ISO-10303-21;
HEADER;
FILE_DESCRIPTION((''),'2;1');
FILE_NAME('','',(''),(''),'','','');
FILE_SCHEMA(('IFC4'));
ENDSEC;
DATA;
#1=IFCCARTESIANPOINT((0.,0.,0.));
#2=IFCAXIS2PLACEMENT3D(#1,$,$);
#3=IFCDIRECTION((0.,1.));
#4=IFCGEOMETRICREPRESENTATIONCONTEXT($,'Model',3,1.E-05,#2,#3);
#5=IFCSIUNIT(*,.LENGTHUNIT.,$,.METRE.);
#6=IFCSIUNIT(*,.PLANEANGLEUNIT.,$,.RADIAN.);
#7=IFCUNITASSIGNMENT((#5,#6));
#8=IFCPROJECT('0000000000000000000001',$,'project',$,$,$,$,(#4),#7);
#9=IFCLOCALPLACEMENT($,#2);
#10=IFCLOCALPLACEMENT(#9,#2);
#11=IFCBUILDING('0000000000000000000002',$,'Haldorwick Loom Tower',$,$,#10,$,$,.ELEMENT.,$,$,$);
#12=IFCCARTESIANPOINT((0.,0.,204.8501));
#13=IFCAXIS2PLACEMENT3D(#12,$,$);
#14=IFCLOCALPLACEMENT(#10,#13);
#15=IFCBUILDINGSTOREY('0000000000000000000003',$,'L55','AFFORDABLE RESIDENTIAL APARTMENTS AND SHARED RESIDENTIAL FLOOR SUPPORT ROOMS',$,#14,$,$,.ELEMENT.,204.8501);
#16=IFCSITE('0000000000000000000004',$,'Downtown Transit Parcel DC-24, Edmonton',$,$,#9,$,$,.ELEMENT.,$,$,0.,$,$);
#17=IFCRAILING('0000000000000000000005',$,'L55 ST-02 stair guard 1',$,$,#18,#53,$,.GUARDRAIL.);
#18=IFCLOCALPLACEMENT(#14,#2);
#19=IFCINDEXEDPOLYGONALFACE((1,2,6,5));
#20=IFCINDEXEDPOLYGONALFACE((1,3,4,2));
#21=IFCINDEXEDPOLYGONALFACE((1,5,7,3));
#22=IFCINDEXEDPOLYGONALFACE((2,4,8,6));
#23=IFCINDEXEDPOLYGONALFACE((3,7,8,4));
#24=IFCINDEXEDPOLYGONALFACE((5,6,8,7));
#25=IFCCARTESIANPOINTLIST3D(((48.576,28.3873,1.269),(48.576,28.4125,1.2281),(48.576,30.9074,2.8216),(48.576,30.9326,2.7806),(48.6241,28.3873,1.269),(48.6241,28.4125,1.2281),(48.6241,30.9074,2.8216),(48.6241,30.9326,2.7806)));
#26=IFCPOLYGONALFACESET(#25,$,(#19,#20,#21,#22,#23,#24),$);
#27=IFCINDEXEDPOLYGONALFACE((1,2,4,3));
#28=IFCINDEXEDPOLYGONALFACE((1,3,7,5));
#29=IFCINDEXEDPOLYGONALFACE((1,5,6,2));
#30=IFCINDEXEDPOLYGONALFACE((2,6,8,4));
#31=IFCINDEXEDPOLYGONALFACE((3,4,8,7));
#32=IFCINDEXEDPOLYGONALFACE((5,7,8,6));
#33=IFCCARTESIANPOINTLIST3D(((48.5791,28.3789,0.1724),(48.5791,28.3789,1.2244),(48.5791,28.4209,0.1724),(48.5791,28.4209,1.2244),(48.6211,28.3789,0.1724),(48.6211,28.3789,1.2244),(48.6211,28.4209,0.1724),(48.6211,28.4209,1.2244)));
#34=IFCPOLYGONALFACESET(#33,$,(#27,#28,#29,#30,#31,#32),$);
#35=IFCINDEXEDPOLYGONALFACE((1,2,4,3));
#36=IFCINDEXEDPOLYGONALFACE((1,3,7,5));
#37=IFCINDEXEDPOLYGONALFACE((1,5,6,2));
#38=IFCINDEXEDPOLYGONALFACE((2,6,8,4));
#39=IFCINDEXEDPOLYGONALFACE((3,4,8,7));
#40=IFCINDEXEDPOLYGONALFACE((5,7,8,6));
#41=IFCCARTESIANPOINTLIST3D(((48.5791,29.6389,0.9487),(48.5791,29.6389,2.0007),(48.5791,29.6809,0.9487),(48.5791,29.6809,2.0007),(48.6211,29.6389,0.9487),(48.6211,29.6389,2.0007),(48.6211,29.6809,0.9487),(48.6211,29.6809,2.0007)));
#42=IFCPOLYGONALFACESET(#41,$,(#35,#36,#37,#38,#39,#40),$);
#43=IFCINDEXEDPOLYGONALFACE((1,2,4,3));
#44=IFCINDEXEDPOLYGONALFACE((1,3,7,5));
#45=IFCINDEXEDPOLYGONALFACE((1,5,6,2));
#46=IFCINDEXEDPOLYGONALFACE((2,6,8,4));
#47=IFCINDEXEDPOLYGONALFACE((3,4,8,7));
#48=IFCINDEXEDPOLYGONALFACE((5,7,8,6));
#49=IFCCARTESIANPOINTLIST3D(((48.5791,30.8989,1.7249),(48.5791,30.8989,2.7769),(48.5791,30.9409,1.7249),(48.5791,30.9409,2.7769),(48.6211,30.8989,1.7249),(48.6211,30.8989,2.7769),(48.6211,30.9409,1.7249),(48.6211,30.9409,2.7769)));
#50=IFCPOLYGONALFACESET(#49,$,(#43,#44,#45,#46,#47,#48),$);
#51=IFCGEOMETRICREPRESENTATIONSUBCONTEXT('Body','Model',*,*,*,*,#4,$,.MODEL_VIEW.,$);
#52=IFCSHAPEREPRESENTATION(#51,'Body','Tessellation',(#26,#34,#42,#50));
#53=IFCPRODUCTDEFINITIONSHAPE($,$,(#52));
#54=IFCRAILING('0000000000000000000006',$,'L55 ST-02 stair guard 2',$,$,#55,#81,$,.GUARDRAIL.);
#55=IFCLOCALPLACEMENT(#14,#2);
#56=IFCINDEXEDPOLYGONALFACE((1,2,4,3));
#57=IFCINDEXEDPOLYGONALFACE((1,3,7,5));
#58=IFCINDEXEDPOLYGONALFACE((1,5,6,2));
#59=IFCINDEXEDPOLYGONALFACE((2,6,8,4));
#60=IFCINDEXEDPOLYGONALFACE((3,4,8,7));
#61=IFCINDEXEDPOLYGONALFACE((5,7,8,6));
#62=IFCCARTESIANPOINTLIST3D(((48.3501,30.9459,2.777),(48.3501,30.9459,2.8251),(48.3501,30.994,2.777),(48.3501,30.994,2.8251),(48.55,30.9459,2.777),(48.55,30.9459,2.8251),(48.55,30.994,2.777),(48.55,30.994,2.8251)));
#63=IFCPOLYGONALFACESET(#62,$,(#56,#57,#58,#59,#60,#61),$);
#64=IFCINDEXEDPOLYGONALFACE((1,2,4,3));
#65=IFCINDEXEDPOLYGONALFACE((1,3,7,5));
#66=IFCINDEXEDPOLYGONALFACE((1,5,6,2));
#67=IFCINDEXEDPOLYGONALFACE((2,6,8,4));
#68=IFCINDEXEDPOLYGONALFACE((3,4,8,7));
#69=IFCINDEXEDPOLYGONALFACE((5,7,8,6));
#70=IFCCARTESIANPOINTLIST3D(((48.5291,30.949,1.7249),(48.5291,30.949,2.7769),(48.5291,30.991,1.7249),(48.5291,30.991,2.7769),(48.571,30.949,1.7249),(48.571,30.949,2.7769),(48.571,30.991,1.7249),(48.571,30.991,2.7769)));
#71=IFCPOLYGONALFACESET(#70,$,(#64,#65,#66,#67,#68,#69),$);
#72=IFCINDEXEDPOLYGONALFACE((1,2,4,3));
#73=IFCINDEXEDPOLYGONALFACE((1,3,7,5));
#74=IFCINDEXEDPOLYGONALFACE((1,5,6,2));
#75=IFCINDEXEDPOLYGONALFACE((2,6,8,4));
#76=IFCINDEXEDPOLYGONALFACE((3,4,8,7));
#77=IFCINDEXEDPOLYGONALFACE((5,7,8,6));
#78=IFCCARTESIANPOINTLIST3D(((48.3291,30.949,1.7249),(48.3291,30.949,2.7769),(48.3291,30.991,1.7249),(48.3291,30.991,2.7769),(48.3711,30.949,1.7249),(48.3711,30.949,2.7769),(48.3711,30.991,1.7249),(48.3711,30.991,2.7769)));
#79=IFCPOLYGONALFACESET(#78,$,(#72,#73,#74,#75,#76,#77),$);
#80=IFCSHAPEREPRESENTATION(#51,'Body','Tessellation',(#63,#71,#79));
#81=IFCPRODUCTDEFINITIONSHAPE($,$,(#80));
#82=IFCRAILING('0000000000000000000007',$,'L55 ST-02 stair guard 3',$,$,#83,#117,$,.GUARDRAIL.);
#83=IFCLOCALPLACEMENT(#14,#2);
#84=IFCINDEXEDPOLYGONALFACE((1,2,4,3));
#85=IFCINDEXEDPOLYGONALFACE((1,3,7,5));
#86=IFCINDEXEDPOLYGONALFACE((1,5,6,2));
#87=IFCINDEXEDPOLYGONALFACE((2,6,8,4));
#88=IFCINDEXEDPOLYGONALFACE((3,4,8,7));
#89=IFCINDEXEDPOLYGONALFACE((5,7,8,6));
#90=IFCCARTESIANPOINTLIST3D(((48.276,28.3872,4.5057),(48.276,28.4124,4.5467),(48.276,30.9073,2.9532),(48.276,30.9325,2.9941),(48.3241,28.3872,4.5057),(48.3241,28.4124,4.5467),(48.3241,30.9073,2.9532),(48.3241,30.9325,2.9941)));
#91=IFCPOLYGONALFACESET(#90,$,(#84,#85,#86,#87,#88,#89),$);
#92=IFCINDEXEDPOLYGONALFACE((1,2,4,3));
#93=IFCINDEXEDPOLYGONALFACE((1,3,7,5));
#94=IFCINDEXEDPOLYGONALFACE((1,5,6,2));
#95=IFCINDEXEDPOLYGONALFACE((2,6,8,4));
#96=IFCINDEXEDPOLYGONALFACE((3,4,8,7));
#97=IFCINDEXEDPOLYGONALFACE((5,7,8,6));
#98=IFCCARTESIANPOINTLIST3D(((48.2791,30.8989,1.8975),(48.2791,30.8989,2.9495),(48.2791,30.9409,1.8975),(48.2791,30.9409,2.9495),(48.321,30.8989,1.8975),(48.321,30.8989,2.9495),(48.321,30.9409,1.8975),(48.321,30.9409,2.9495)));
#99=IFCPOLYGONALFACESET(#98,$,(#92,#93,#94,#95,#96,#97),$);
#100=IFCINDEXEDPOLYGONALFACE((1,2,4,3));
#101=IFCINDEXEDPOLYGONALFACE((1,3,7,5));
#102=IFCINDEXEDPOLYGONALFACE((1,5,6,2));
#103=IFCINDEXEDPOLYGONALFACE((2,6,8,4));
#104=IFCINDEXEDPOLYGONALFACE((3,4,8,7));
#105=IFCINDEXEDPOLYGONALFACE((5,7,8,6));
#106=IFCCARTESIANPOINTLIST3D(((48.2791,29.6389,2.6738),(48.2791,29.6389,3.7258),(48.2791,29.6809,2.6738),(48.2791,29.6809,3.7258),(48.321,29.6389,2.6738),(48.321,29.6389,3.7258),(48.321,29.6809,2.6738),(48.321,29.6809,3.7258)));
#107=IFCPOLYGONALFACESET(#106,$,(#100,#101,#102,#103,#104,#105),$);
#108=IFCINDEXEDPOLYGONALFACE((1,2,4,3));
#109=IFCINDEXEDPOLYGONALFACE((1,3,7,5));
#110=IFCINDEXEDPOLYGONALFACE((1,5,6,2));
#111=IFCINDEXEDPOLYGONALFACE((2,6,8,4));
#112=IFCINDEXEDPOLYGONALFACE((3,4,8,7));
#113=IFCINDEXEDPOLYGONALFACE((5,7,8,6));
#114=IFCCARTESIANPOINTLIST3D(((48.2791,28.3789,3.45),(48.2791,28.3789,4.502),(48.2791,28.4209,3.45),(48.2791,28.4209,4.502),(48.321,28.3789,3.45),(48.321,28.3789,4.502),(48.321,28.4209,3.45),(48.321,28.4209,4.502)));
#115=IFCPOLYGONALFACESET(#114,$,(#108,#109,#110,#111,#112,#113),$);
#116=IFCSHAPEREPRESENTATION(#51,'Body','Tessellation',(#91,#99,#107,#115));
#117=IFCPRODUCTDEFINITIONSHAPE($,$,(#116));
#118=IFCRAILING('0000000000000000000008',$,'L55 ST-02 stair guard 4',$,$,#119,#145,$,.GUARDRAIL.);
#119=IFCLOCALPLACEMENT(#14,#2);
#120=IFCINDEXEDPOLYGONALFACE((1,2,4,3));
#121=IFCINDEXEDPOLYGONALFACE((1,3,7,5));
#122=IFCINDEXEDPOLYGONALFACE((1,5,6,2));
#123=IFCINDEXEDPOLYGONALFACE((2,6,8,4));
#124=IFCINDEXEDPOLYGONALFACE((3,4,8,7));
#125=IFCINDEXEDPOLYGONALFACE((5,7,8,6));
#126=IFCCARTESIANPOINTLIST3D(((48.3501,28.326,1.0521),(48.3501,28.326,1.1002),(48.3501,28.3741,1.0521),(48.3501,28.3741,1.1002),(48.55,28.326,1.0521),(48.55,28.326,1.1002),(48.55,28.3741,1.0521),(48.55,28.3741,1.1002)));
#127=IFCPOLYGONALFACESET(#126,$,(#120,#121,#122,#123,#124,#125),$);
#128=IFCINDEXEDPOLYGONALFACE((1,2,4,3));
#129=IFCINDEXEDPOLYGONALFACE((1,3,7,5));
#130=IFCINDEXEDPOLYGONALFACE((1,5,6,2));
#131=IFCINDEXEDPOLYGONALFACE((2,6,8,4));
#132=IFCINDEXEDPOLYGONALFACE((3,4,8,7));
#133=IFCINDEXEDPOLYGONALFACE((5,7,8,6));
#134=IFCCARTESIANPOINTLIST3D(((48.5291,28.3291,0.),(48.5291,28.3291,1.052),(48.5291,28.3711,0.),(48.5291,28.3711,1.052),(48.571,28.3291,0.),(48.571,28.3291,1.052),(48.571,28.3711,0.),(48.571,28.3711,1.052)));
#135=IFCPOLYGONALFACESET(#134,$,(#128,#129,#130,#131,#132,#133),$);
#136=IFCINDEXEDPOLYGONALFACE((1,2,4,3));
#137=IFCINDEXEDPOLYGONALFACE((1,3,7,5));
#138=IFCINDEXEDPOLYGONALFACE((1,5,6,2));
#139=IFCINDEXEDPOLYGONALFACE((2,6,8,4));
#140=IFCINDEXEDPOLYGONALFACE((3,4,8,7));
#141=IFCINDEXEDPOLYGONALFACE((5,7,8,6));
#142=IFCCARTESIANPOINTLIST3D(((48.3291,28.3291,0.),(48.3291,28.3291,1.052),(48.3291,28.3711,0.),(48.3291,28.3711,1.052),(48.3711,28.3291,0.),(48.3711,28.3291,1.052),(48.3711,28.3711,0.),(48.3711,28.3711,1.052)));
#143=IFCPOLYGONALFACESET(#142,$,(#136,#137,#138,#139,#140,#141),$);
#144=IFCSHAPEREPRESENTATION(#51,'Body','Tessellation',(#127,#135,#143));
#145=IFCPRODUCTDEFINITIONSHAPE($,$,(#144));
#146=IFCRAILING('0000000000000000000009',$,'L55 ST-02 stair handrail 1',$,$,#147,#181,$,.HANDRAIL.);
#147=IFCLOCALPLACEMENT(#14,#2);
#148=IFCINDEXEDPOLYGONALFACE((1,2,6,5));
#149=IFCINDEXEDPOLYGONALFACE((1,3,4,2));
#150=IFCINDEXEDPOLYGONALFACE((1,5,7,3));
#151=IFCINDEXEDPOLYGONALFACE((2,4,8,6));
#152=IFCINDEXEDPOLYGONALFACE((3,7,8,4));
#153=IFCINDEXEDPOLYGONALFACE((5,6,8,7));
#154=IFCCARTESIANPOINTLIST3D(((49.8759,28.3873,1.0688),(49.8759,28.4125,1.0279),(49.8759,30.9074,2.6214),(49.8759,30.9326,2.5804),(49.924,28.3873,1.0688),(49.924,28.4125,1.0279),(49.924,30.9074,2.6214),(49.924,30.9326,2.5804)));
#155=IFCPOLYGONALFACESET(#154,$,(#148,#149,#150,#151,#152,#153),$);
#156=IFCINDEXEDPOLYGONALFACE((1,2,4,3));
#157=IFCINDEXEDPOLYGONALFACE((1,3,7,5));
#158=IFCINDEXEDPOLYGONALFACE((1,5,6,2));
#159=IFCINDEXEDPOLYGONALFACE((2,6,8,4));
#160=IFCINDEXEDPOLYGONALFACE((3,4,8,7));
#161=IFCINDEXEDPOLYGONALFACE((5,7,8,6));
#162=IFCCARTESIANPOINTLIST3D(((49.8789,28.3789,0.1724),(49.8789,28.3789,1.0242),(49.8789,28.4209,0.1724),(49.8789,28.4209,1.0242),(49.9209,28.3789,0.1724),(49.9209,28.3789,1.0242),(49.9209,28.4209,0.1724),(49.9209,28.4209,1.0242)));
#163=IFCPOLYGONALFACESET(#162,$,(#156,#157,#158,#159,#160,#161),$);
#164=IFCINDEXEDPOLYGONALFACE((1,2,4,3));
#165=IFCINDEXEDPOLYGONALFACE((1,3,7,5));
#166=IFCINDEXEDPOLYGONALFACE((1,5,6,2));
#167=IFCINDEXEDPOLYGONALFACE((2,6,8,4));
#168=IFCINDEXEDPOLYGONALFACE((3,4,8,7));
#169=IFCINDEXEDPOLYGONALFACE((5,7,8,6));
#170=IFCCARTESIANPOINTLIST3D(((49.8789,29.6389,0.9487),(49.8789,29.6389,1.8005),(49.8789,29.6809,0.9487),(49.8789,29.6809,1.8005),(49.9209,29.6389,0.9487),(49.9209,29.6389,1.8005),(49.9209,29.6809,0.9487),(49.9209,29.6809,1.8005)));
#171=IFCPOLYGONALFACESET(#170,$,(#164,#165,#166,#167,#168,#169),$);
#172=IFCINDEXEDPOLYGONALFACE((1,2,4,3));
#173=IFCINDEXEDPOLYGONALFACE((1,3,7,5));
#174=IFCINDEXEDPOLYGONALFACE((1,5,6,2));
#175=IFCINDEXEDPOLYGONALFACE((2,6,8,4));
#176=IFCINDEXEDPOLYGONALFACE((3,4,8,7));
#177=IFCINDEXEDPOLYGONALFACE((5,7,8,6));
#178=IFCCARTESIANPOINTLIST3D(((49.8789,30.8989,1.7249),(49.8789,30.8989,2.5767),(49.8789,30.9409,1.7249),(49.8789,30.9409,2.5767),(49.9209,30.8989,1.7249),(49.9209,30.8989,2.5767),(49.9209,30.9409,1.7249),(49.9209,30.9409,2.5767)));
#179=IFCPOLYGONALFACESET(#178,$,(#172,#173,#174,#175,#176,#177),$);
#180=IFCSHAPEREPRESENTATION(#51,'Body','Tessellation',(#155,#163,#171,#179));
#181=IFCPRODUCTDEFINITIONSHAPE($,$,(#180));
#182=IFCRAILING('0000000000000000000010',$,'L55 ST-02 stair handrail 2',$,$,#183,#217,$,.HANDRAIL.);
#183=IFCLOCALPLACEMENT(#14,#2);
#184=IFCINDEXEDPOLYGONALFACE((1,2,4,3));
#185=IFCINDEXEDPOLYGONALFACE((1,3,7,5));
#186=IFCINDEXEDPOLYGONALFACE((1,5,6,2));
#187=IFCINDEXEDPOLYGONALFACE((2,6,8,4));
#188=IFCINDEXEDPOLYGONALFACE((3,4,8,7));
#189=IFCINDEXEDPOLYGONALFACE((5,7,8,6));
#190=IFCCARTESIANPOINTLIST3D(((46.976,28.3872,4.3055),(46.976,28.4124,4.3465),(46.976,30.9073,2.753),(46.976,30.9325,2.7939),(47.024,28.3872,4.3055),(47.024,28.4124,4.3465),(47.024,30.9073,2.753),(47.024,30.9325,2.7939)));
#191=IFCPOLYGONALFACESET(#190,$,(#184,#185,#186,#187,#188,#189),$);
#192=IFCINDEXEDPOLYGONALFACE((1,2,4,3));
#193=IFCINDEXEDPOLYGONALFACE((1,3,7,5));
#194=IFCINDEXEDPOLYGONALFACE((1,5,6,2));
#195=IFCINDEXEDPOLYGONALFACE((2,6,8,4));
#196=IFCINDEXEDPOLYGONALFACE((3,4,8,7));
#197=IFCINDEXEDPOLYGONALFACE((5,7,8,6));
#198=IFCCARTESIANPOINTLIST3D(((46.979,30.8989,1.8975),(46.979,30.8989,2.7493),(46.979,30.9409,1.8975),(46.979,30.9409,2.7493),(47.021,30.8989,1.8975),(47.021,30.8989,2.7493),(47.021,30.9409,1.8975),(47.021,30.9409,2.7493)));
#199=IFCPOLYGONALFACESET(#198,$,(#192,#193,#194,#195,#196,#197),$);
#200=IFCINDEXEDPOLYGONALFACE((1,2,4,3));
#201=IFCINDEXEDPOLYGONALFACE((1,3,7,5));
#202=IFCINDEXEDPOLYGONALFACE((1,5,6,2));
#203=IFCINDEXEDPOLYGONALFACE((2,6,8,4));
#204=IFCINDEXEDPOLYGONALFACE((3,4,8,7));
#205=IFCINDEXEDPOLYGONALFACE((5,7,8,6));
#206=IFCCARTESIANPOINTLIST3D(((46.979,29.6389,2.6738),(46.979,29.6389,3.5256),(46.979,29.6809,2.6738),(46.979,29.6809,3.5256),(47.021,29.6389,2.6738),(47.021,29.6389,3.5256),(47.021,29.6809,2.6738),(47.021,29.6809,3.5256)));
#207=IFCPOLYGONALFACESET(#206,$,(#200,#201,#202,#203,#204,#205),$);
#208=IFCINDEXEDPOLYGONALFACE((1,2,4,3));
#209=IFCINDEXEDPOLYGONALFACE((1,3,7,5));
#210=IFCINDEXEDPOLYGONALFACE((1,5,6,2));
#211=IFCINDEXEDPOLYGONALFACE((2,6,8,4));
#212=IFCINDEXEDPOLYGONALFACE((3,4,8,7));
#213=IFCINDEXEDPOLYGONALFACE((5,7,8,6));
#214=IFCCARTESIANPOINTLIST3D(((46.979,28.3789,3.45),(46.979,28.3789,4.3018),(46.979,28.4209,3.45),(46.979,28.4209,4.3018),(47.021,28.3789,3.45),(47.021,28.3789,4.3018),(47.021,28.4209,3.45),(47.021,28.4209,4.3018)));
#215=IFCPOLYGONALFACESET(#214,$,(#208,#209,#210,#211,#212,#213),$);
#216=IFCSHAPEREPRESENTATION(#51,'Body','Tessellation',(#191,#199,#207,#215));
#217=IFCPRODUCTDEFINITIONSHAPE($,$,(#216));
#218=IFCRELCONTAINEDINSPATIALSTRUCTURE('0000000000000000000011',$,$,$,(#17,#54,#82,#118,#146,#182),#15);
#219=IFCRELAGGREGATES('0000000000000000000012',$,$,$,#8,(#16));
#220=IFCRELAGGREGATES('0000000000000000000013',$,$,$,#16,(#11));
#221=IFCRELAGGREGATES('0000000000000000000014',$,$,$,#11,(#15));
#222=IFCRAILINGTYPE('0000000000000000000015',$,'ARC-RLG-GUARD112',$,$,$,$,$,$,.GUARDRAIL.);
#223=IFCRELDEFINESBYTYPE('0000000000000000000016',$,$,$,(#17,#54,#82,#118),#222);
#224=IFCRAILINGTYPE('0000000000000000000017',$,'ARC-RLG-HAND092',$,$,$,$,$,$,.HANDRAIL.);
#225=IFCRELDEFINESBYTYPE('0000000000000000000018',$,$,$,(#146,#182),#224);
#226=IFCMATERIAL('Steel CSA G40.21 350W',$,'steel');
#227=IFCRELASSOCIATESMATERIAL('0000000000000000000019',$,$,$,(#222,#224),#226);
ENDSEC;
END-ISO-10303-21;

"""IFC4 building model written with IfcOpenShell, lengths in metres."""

from ifc_helpers import new_model, si_unit, direction, frame, origin, origin_2d, place, context, subcontext, project, spatial, rectangle, extrude, material, type_object, element, save


model = new_model("IFC4")

# Units and contexts
model_context = context("Model", 3, precision=1e-05, world=origin(), true_north=direction((0.0, 1.0)))
body_context = subcontext(model_context, "Body", "Model", "MODEL_VIEW")
ifc_project = project(units=[si_unit("LENGTHUNIT", "METRE"), si_unit("PLANEANGLEUNIT", "RADIAN")], contexts=[model_context])

# Site, building, storey
site_placement = place(None, origin())
site = spatial("IfcSite", under=ifc_project, at=site_placement, Name="Downtown Transit Parcel DC-24, Edmonton", CompositionType="ELEMENT", RefElevation=0.0)
building_placement = place(site_placement, origin())
building = spatial("IfcBuilding", under=site, at=building_placement, Name="Haldorwick Loom Tower", CompositionType="ELEMENT")
storey_placement = place(building_placement, frame((0.0, 0.0, 204.8501)))
storey = spatial("IfcBuildingStorey", under=building, at=storey_placement, Name="L55", Description="AFFORDABLE RESIDENTIAL APARTMENTS AND SHARED RESIDENTIAL FLOOR SUPPORT ROOMS", CompositionType="ELEMENT", Elevation=204.8501)

# Shared definitions
ifc_material_1 = material(Name="Steel CSA G40.21 350W", Category="steel")

# Railings
railing_type_1 = type_object("IfcRailingType", Name="ARC-RLG-GUARD112", PredefinedType="GUARDRAIL", material=ifc_material_1)
railing_1_placement = place(storey_placement, frame((48.6001, 28.3999, 0.1724)))
element("IfcRailing", 1, at=railing_1_placement, inside=storey, type_object=railing_type_1, Name="L55 ST-02 stair guard 1", PredefinedType="GUARDRAIL", context=body_context, shape_type="SweptSolid", body=[
    extrude(rectangle(XDim=0.0481, YDim=0.0481, at=origin_2d()), frame((0.0, 0.0, 1.0762), z_axis=(0.0, 0.8514, 0.524516), x_axis=(-1.0, 0.0, 0.0)), (0.0, 0.0, 1.0), 2.96),
    extrude(rectangle(XDim=0.042, YDim=0.042, at=origin_2d()), origin(), (0.0, 0.0, 1.0), 1.052),
    extrude(rectangle(XDim=0.042, YDim=0.042, at=origin_2d()), frame((0.0, 1.26, 0.7764)), (0.0, 0.0, 1.0), 1.052),
    extrude(rectangle(XDim=0.042, YDim=0.042, at=origin_2d()), frame((0.0, 2.52, 1.5525)), (0.0, 0.0, 1.0), 1.052),
])
railing_2_placement = place(storey_placement, frame((48.55, 30.97, 1.7249)))
element("IfcRailing", 2, at=railing_2_placement, inside=storey, type_object=railing_type_1, Name="L55 ST-02 stair guard 2", PredefinedType="GUARDRAIL", context=body_context, shape_type="SweptSolid", body=[
    extrude(rectangle(XDim=0.0481, YDim=0.0481, at=origin_2d()), frame((0.0, 0.0, 1.0762), z_axis=(-1.0, 0.0, 0.0), x_axis=(0.0, -1.0, 0.0)), (0.0, 0.0, 1.0), 0.2),
    extrude(rectangle(XDim=0.042, YDim=0.042, at=origin_2d()), origin(), (0.0, 0.0, 1.0), 1.052),
    extrude(rectangle(XDim=0.042, YDim=0.042, at=origin_2d()), frame((-0.2, 0.0, 0.0)), (0.0, 0.0, 1.0), 1.052),
])
railing_3_placement = place(storey_placement, frame((48.3, 30.9199, 1.8975)))
element("IfcRailing", 3, at=railing_3_placement, inside=storey, type_object=railing_type_1, Name="L55 ST-02 stair guard 3", PredefinedType="GUARDRAIL", context=body_context, shape_type="SweptSolid", body=[
    extrude(rectangle(XDim=0.0481, YDim=0.0481, at=origin_2d()), frame((0.0, 0.0, 1.0762), z_axis=(0.0, -0.8514, 0.524516), x_axis=(1.0, 0.0, 0.0)), (0.0, 0.0, 1.0), 2.96),
    extrude(rectangle(XDim=0.042, YDim=0.042, at=origin_2d()), origin(), (0.0, 0.0, 1.0), 1.052),
    extrude(rectangle(XDim=0.042, YDim=0.042, at=origin_2d()), frame((0.0, -1.26, 0.7764)), (0.0, 0.0, 1.0), 1.052),
    extrude(rectangle(XDim=0.042, YDim=0.042, at=origin_2d()), frame((0.0, -2.52, 1.5525)), (0.0, 0.0, 1.0), 1.052),
])
railing_4_placement = place(storey_placement, frame((48.55, 28.3501, 0.0)))
element("IfcRailing", 4, at=railing_4_placement, inside=storey, type_object=railing_type_1, Name="L55 ST-02 stair guard 4", PredefinedType="GUARDRAIL", context=body_context, shape_type="SweptSolid", body=[
    extrude(rectangle(XDim=0.0481, YDim=0.0481, at=origin_2d()), frame((0.0, 0.0, 1.0762), z_axis=(-1.0, 0.0, 0.0), x_axis=(0.0, -1.0, 0.0)), (0.0, 0.0, 1.0), 0.2),
    extrude(rectangle(XDim=0.042, YDim=0.042, at=origin_2d()), origin(), (0.0, 0.0, 1.0), 1.052),
    extrude(rectangle(XDim=0.042, YDim=0.042, at=origin_2d()), frame((-0.2, 0.0, 0.0)), (0.0, 0.0, 1.0), 1.052),
])
railing_type_2 = type_object("IfcRailingType", Name="ARC-RLG-HAND092", PredefinedType="HANDRAIL", material=ifc_material_1)
railing_5_placement = place(storey_placement, frame((49.8999, 28.3999, 0.1724)))
element("IfcRailing", 5, at=railing_5_placement, inside=storey, type_object=railing_type_2, Name="L55 ST-02 stair handrail 1", PredefinedType="HANDRAIL", context=body_context, shape_type="SweptSolid", body=[
    extrude(rectangle(XDim=0.0481, YDim=0.0481, at=origin_2d()), frame((0.0, 0.0, 0.876), z_axis=(0.0, 0.8514, 0.524516), x_axis=(-1.0, 0.0, 0.0)), (0.0, 0.0, 1.0), 2.96),
    extrude(rectangle(XDim=0.042, YDim=0.042, at=origin_2d()), origin(), (0.0, 0.0, 1.0), 0.8518),
    extrude(rectangle(XDim=0.042, YDim=0.042, at=origin_2d()), frame((0.0, 1.26, 0.7764)), (0.0, 0.0, 1.0), 0.8518),
    extrude(rectangle(XDim=0.042, YDim=0.042, at=origin_2d()), frame((0.0, 2.52, 1.5525)), (0.0, 0.0, 1.0), 0.8518),
])
railing_6_placement = place(storey_placement, frame((47.0, 30.9199, 1.8975)))
element("IfcRailing", 6, at=railing_6_placement, inside=storey, type_object=railing_type_2, Name="L55 ST-02 stair handrail 2", PredefinedType="HANDRAIL", context=body_context, shape_type="SweptSolid", body=[
    extrude(rectangle(XDim=0.0481, YDim=0.0481, at=origin_2d()), frame((0.0, 0.0, 0.876), z_axis=(0.0, -0.8514, 0.524516), x_axis=(1.0, 0.0, 0.0)), (0.0, 0.0, 1.0), 2.96),
    extrude(rectangle(XDim=0.042, YDim=0.042, at=origin_2d()), origin(), (0.0, 0.0, 1.0), 0.8518),
    extrude(rectangle(XDim=0.042, YDim=0.042, at=origin_2d()), frame((0.0, -1.26, 0.7764)), (0.0, 0.0, 1.0), 0.8518),
    extrude(rectangle(XDim=0.042, YDim=0.042, at=origin_2d()), frame((0.0, -2.52, 1.5525)), (0.0, 0.0, 1.0), 0.8518),
])

save(model, "model.ifc")
